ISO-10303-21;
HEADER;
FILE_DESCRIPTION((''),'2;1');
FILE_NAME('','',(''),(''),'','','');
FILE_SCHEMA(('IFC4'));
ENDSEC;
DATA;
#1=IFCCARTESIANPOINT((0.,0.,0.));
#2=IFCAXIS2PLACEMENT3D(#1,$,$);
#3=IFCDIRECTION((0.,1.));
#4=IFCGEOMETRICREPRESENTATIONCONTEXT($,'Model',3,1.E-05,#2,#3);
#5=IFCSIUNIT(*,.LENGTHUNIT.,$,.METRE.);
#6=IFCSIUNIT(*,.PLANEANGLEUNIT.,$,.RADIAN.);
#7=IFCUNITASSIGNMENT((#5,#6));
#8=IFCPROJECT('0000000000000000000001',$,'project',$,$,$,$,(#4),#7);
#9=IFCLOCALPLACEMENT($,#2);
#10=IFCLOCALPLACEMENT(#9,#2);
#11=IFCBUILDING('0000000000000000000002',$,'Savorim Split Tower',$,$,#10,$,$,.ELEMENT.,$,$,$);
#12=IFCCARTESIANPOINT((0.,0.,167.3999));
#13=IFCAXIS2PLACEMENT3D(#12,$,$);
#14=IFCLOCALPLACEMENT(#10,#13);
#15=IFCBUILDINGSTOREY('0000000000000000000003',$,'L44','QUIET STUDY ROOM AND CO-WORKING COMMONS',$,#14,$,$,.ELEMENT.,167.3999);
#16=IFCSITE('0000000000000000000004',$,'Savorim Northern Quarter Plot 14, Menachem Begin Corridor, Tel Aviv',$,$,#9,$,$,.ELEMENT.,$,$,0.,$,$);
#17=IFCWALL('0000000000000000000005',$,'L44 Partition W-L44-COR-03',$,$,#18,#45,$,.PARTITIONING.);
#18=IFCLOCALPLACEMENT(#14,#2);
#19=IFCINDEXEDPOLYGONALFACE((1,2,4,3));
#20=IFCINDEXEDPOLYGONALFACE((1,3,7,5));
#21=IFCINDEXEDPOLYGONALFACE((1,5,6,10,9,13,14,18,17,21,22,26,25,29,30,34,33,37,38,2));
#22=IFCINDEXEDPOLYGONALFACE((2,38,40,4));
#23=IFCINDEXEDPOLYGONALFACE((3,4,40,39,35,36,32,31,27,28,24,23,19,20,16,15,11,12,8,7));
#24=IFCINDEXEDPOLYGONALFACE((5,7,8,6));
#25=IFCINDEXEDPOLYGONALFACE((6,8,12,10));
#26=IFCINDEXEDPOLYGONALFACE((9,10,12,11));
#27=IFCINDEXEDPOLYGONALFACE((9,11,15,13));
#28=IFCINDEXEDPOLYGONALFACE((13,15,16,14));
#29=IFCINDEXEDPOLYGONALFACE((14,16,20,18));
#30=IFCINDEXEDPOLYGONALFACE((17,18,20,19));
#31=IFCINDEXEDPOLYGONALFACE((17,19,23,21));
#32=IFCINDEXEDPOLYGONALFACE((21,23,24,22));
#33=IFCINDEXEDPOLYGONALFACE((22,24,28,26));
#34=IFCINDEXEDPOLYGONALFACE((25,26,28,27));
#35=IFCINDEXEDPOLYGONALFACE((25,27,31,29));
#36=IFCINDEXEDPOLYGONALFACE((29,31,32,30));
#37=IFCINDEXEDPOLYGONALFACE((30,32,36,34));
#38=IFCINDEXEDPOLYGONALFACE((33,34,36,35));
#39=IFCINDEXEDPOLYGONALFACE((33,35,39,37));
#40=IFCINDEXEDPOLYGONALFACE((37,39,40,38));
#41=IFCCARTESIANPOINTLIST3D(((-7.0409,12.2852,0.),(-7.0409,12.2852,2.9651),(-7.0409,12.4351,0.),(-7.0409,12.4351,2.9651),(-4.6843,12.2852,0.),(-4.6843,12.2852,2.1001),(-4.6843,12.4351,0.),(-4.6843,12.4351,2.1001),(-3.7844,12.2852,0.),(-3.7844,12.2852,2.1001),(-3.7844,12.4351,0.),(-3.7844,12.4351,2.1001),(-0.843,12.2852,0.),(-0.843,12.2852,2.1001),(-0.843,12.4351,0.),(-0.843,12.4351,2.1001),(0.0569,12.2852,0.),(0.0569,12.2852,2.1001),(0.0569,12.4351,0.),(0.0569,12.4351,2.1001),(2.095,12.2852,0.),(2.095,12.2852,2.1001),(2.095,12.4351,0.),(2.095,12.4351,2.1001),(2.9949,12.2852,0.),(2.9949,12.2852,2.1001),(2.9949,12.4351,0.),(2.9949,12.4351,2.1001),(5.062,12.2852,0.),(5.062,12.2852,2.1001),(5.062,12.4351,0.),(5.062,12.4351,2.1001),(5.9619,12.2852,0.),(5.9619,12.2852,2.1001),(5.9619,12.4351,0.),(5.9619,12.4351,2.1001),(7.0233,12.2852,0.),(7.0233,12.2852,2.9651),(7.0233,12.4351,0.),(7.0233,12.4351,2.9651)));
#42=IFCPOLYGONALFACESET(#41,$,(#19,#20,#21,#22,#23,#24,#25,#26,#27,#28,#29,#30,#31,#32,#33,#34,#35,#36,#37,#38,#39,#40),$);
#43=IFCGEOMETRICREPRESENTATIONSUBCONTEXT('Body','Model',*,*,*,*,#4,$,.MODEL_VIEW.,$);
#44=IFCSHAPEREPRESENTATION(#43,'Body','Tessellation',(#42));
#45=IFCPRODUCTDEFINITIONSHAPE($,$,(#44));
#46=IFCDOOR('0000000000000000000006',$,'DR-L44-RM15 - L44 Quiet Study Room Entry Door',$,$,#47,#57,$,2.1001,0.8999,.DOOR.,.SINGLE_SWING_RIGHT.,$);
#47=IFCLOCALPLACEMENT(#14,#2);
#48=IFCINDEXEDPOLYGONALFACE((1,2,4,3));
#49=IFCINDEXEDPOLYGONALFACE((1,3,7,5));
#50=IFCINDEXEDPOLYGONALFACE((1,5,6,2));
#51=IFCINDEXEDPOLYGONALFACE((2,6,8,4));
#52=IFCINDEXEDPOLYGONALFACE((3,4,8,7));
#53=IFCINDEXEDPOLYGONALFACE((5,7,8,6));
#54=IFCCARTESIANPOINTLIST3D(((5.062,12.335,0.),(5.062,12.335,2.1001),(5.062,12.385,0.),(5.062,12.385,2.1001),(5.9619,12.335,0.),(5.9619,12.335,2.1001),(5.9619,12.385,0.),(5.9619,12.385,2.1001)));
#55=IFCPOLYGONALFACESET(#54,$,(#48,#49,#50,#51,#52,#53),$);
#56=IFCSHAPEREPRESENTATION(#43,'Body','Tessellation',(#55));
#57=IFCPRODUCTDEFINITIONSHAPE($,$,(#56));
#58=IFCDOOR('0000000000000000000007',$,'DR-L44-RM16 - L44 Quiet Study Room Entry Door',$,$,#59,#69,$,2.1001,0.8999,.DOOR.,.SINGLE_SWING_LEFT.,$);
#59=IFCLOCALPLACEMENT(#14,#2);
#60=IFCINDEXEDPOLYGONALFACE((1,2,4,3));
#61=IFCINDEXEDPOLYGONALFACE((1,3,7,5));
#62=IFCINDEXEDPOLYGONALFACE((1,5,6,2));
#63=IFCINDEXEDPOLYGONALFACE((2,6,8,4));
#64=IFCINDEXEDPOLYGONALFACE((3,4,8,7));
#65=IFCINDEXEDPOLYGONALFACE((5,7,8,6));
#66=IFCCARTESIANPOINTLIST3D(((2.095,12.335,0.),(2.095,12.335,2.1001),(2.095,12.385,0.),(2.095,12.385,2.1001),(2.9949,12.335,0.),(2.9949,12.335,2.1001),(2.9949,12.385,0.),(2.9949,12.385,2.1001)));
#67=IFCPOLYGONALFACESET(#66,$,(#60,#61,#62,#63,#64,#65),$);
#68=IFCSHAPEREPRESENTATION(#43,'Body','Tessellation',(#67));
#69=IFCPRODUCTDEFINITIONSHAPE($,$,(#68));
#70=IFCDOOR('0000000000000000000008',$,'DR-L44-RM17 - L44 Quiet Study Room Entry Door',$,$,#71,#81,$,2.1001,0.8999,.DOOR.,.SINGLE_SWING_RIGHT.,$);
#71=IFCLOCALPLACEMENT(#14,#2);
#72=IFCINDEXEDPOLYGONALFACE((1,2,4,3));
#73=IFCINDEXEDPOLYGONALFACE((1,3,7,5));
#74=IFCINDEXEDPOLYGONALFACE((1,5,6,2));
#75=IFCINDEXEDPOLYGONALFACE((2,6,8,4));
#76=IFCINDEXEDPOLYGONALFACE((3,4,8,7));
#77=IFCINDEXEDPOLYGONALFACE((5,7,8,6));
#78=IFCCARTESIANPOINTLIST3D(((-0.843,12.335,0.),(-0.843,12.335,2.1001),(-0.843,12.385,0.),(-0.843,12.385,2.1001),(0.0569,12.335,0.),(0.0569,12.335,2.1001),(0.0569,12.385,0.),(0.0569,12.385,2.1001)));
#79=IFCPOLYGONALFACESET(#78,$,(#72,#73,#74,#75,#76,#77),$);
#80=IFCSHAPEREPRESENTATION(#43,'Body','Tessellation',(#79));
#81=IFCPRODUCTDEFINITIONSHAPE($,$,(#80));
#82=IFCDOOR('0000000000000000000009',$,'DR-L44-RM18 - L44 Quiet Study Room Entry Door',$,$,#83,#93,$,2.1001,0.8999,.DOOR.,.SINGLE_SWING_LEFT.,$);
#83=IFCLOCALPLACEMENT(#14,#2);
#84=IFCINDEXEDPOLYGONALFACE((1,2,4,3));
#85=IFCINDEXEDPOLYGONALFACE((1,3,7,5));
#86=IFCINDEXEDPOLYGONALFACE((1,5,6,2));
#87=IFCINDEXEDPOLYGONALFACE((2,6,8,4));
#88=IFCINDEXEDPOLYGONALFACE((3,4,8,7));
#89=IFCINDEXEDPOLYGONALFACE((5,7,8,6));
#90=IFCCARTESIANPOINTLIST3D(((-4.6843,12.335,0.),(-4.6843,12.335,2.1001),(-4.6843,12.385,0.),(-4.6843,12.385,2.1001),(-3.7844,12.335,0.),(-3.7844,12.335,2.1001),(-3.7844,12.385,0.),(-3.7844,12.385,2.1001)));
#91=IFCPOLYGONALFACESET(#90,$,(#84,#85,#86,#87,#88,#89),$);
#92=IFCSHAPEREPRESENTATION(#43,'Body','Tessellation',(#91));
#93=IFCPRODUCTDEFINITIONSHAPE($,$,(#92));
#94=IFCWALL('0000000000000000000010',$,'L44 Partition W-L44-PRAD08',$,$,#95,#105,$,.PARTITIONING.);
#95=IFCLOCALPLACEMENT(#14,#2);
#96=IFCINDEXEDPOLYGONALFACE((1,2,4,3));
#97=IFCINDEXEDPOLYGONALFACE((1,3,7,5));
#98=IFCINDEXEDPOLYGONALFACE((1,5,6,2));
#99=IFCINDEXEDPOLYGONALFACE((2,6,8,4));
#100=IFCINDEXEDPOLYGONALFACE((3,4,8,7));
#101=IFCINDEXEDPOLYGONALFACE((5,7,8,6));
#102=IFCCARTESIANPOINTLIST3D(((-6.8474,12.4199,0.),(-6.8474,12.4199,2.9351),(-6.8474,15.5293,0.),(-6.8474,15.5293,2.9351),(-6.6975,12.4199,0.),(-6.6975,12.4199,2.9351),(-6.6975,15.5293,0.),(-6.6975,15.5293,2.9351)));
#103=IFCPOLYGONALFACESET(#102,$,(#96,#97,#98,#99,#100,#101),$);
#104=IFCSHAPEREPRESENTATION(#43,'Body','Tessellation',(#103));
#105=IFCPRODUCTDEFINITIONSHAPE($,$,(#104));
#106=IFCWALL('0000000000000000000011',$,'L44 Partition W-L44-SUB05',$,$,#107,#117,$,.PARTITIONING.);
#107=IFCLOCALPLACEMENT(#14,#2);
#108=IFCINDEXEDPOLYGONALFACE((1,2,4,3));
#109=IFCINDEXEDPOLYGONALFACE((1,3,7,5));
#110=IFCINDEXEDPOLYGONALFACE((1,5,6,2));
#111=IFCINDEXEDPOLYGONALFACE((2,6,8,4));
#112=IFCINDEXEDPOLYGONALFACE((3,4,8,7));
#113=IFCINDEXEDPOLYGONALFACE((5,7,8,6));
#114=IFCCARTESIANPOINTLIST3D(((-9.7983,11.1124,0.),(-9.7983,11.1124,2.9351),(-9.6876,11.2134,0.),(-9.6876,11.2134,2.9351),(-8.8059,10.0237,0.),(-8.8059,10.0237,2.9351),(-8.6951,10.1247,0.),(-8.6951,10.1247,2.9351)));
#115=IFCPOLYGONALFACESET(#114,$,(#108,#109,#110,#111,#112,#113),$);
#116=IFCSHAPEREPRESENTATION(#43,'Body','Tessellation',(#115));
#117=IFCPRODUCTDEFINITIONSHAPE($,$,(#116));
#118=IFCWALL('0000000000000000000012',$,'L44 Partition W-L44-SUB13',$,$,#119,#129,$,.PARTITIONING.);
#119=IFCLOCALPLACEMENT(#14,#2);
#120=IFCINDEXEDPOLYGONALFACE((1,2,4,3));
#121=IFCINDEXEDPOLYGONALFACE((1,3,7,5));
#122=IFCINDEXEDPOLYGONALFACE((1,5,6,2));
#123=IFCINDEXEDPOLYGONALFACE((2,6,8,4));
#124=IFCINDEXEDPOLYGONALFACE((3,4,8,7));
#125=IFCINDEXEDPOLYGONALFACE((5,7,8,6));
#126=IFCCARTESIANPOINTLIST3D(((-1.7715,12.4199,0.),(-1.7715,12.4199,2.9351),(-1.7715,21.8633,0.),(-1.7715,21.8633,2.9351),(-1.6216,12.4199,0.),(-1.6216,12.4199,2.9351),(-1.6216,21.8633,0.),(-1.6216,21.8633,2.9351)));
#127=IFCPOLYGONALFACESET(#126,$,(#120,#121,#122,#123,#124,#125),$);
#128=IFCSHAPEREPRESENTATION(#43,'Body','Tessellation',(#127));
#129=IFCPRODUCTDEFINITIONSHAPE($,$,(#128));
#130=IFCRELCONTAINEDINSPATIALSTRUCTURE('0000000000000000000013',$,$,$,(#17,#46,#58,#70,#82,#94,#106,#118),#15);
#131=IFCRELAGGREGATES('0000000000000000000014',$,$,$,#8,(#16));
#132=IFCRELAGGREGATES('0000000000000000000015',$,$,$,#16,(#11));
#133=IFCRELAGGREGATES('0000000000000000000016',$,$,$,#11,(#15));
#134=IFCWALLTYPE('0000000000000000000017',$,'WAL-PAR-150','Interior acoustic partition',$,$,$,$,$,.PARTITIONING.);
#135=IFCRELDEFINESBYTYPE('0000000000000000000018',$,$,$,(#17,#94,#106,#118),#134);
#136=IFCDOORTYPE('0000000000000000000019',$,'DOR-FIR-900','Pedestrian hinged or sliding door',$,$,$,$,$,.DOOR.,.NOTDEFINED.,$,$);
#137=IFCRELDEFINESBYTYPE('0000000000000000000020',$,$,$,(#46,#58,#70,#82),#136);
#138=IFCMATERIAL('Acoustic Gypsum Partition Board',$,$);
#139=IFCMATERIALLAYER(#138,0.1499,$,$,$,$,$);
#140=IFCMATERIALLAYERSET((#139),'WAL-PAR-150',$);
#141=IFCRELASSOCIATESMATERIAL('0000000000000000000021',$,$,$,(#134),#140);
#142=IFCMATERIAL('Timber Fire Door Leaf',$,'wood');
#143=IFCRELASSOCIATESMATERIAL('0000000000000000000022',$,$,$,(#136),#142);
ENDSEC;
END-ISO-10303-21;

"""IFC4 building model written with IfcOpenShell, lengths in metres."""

from ifc_helpers import new_model, si_unit, direction, frame, frame_2d, origin, place, context, subcontext, project, spatial, rectangle, extrude, material, layer, layer_set, type_object, element, fill, save


model = new_model("IFC4")

# Units and contexts
model_context = context("Model", 3, precision=1e-05, world=origin(), true_north=direction((0.0, 1.0)))
body_context = subcontext(model_context, "Body", "Model", "MODEL_VIEW")
ifc_project = project(units=[si_unit("LENGTHUNIT", "METRE"), si_unit("PLANEANGLEUNIT", "RADIAN")], contexts=[model_context])

# Site, building, storey
site_placement = place(None, origin())
site = spatial("IfcSite", under=ifc_project, at=site_placement, Name="Savorim Northern Quarter Plot 14, Menachem Begin Corridor, Tel Aviv", CompositionType="ELEMENT", RefElevation=0.0)
building_placement = place(site_placement, origin())
building = spatial("IfcBuilding", under=site, at=building_placement, Name="Savorim Split Tower", CompositionType="ELEMENT")
storey_placement = place(building_placement, frame((0.0, 0.0, 167.3999)))
storey = spatial("IfcBuildingStorey", under=building, at=storey_placement, Name="L44", Description="QUIET STUDY ROOM AND CO-WORKING COMMONS", CompositionType="ELEMENT", Elevation=167.3999)

# Shared definitions
ifc_material_1 = material(Name="Acoustic Gypsum Partition Board")
ifc_layer_1 = layer(ifc_material_1, 0.1499)
ifc_layer_set_1 = layer_set([ifc_layer_1], Name="WAL-PAR-150")
wall_type_1 = type_object("IfcWallType", Name="WAL-PAR-150", Description="Interior acoustic partition", PredefinedType="PARTITIONING", material=ifc_layer_set_1)

# Shared definitions
ifc_material_2 = material(Name="Timber Fire Door Leaf", Category="wood")
door_type_1 = type_object("IfcDoorType", Name="DOR-FIR-900", Description="Pedestrian hinged or sliding door", OperationType="NOTDEFINED", PredefinedType="DOOR", material=ifc_material_2)

# Wall, openings, doors
wall_1_placement = place(storey_placement, frame((-7.041, 12.3601, 0.0), z_axis=(0.0, 0.0, 1.0), x_axis=(1.0, 0.0, 0.0)))
wall_1 = element("IfcWall", 1, at=wall_1_placement, inside=storey, type_object=wall_type_1, Name="L44 Partition W-L44-COR-03", PredefinedType="PARTITIONING", context=body_context, shape_type="SweptSolid", body=[
    extrude(rectangle(XDim=14.0642, YDim=0.1499, at=frame_2d((7.0322, 0.0))), origin(), (0.0, 0.0, 1.0), 2.9651),
])
opening_1_placement = place(wall_1_placement, frame((12.103, 0.0, 0.0)))
opening_1 = element("IfcOpeningElement", 2, at=opening_1_placement, cuts=wall_1, PredefinedType="OPENING", context=body_context, shape_type="SweptSolid", body=[
    extrude(rectangle(XDim=0.8999, YDim=2.1001, at=frame_2d((0.45, 1.05))), frame((0.0, 0.085, 0.0), z_axis=(0.0, -1.0, 0.0), x_axis=(1.0, 0.0, 0.0)), (0.0, 0.0, 1.0), 0.1699),
])
opening_2_placement = place(wall_1_placement, frame((9.136, 0.0, 0.0)))
opening_2 = element("IfcOpeningElement", 3, at=opening_2_placement, cuts=wall_1, PredefinedType="OPENING", context=body_context, shape_type="SweptSolid", body=[
    extrude(rectangle(XDim=0.8999, YDim=2.1001, at=frame_2d((0.45, 1.05))), frame((0.0, 0.085, 0.0), z_axis=(0.0, -1.0, 0.0), x_axis=(1.0, 0.0, 0.0)), (0.0, 0.0, 1.0), 0.1699),
])
opening_3_placement = place(wall_1_placement, frame((6.198, 0.0, 0.0)))
opening_3 = element("IfcOpeningElement", 4, at=opening_3_placement, cuts=wall_1, PredefinedType="OPENING", context=body_context, shape_type="SweptSolid", body=[
    extrude(rectangle(XDim=0.8999, YDim=2.1001, at=frame_2d((0.45, 1.05))), frame((0.0, 0.085, 0.0), z_axis=(0.0, -1.0, 0.0), x_axis=(1.0, 0.0, 0.0)), (0.0, 0.0, 1.0), 0.1699),
])
opening_4_placement = place(wall_1_placement, frame((2.3567, 0.0, 0.0)))
opening_4 = element("IfcOpeningElement", 5, at=opening_4_placement, cuts=wall_1, PredefinedType="OPENING", context=body_context, shape_type="SweptSolid", body=[
    extrude(rectangle(XDim=0.8999, YDim=2.1001, at=frame_2d((0.45, 1.05))), frame((0.0, 0.085, 0.0), z_axis=(0.0, -1.0, 0.0), x_axis=(1.0, 0.0, 0.0)), (0.0, 0.0, 1.0), 0.1699),
])
door_1_placement = place(opening_1_placement, origin())
door_1 = element("IfcDoor", 6, at=door_1_placement, inside=storey, type_object=door_type_1, Name="DR-L44-RM15 - L44 Quiet Study Room Entry Door", OperationType="SINGLE_SWING_RIGHT", OverallHeight=2.1001, OverallWidth=0.8999, PredefinedType="DOOR", context=body_context, shape_type="SweptSolid", body=[
    extrude(rectangle(XDim=0.8999, YDim=2.1001, at=frame_2d((0.45, 1.05))), frame((0.0, 0.0249, 0.0), z_axis=(0.0, -1.0, 0.0), x_axis=(1.0, 0.0, 0.0)), (0.0, 0.0, 1.0), 0.05),
])
fill(opening_1, door_1)
door_2_placement = place(opening_2_placement, origin())
door_2 = element("IfcDoor", 7, at=door_2_placement, inside=storey, type_object=door_type_1, Name="DR-L44-RM16 - L44 Quiet Study Room Entry Door", OperationType="SINGLE_SWING_LEFT", OverallHeight=2.1001, OverallWidth=0.8999, PredefinedType="DOOR", context=body_context, shape_type="SweptSolid", body=[
    extrude(rectangle(XDim=0.8999, YDim=2.1001, at=frame_2d((0.45, 1.05))), frame((0.0, 0.0249, 0.0), z_axis=(0.0, -1.0, 0.0), x_axis=(1.0, 0.0, 0.0)), (0.0, 0.0, 1.0), 0.05),
])
fill(opening_2, door_2)
door_3_placement = place(opening_3_placement, origin())
door_3 = element("IfcDoor", 8, at=door_3_placement, inside=storey, type_object=door_type_1, Name="DR-L44-RM17 - L44 Quiet Study Room Entry Door", OperationType="SINGLE_SWING_RIGHT", OverallHeight=2.1001, OverallWidth=0.8999, PredefinedType="DOOR", context=body_context, shape_type="SweptSolid", body=[
    extrude(rectangle(XDim=0.8999, YDim=2.1001, at=frame_2d((0.45, 1.05))), frame((0.0, 0.0249, 0.0), z_axis=(0.0, -1.0, 0.0), x_axis=(1.0, 0.0, 0.0)), (0.0, 0.0, 1.0), 0.05),
])
fill(opening_3, door_3)
door_4_placement = place(opening_4_placement, origin())
door_4 = element("IfcDoor", 9, at=door_4_placement, inside=storey, type_object=door_type_1, Name="DR-L44-RM18 - L44 Quiet Study Room Entry Door", OperationType="SINGLE_SWING_LEFT", OverallHeight=2.1001, OverallWidth=0.8999, PredefinedType="DOOR", context=body_context, shape_type="SweptSolid", body=[
    extrude(rectangle(XDim=0.8999, YDim=2.1001, at=frame_2d((0.45, 1.05))), frame((0.0, 0.0249, 0.0), z_axis=(0.0, -1.0, 0.0), x_axis=(1.0, 0.0, 0.0)), (0.0, 0.0, 1.0), 0.05),
])
fill(opening_4, door_4)

# Walls
wall_2_placement = place(storey_placement, frame((-6.7725, 12.4199, 0.0), z_axis=(0.0, 0.0, 1.0), x_axis=(0.0, 1.0, 0.0)))
element("IfcWall", 10, at=wall_2_placement, inside=storey, type_object=wall_type_1, Name="L44 Partition W-L44-PRAD08", PredefinedType="PARTITIONING", context=body_context, shape_type="SweptSolid", body=[
    extrude(rectangle(XDim=3.1094, YDim=0.1499, at=frame_2d((1.5547, 0.0))), origin(), (0.0, 0.0, 1.0), 2.9351),
])
wall_3_placement = place(storey_placement, frame((-8.7505, 10.0742, 0.0), z_axis=(0.0, 0.0, 1.0), x_axis=(-0.673703, 0.739002, 0.0)))
element("IfcWall", 11, at=wall_3_placement, inside=storey, type_object=wall_type_1, Name="L44 Partition W-L44-SUB05", PredefinedType="PARTITIONING", context=body_context, shape_type="SweptSolid", body=[
    extrude(rectangle(XDim=1.4731, YDim=0.1499, at=frame_2d((0.7366, 0.0))), origin(), (0.0, 0.0, 1.0), 2.9351),
])
wall_4_placement = place(storey_placement, frame((-1.6965, 12.4199, 0.0), z_axis=(0.0, 0.0, 1.0), x_axis=(0.0, 1.0, 0.0)))
element("IfcWall", 12, at=wall_4_placement, inside=storey, type_object=wall_type_1, Name="L44 Partition W-L44-SUB13", PredefinedType="PARTITIONING", context=body_context, shape_type="SweptSolid", body=[
    extrude(rectangle(XDim=9.4434, YDim=0.1499, at=frame_2d((4.7217, 0.0))), origin(), (0.0, 0.0, 1.0), 2.9351),
])

save(model, "model.ifc")
